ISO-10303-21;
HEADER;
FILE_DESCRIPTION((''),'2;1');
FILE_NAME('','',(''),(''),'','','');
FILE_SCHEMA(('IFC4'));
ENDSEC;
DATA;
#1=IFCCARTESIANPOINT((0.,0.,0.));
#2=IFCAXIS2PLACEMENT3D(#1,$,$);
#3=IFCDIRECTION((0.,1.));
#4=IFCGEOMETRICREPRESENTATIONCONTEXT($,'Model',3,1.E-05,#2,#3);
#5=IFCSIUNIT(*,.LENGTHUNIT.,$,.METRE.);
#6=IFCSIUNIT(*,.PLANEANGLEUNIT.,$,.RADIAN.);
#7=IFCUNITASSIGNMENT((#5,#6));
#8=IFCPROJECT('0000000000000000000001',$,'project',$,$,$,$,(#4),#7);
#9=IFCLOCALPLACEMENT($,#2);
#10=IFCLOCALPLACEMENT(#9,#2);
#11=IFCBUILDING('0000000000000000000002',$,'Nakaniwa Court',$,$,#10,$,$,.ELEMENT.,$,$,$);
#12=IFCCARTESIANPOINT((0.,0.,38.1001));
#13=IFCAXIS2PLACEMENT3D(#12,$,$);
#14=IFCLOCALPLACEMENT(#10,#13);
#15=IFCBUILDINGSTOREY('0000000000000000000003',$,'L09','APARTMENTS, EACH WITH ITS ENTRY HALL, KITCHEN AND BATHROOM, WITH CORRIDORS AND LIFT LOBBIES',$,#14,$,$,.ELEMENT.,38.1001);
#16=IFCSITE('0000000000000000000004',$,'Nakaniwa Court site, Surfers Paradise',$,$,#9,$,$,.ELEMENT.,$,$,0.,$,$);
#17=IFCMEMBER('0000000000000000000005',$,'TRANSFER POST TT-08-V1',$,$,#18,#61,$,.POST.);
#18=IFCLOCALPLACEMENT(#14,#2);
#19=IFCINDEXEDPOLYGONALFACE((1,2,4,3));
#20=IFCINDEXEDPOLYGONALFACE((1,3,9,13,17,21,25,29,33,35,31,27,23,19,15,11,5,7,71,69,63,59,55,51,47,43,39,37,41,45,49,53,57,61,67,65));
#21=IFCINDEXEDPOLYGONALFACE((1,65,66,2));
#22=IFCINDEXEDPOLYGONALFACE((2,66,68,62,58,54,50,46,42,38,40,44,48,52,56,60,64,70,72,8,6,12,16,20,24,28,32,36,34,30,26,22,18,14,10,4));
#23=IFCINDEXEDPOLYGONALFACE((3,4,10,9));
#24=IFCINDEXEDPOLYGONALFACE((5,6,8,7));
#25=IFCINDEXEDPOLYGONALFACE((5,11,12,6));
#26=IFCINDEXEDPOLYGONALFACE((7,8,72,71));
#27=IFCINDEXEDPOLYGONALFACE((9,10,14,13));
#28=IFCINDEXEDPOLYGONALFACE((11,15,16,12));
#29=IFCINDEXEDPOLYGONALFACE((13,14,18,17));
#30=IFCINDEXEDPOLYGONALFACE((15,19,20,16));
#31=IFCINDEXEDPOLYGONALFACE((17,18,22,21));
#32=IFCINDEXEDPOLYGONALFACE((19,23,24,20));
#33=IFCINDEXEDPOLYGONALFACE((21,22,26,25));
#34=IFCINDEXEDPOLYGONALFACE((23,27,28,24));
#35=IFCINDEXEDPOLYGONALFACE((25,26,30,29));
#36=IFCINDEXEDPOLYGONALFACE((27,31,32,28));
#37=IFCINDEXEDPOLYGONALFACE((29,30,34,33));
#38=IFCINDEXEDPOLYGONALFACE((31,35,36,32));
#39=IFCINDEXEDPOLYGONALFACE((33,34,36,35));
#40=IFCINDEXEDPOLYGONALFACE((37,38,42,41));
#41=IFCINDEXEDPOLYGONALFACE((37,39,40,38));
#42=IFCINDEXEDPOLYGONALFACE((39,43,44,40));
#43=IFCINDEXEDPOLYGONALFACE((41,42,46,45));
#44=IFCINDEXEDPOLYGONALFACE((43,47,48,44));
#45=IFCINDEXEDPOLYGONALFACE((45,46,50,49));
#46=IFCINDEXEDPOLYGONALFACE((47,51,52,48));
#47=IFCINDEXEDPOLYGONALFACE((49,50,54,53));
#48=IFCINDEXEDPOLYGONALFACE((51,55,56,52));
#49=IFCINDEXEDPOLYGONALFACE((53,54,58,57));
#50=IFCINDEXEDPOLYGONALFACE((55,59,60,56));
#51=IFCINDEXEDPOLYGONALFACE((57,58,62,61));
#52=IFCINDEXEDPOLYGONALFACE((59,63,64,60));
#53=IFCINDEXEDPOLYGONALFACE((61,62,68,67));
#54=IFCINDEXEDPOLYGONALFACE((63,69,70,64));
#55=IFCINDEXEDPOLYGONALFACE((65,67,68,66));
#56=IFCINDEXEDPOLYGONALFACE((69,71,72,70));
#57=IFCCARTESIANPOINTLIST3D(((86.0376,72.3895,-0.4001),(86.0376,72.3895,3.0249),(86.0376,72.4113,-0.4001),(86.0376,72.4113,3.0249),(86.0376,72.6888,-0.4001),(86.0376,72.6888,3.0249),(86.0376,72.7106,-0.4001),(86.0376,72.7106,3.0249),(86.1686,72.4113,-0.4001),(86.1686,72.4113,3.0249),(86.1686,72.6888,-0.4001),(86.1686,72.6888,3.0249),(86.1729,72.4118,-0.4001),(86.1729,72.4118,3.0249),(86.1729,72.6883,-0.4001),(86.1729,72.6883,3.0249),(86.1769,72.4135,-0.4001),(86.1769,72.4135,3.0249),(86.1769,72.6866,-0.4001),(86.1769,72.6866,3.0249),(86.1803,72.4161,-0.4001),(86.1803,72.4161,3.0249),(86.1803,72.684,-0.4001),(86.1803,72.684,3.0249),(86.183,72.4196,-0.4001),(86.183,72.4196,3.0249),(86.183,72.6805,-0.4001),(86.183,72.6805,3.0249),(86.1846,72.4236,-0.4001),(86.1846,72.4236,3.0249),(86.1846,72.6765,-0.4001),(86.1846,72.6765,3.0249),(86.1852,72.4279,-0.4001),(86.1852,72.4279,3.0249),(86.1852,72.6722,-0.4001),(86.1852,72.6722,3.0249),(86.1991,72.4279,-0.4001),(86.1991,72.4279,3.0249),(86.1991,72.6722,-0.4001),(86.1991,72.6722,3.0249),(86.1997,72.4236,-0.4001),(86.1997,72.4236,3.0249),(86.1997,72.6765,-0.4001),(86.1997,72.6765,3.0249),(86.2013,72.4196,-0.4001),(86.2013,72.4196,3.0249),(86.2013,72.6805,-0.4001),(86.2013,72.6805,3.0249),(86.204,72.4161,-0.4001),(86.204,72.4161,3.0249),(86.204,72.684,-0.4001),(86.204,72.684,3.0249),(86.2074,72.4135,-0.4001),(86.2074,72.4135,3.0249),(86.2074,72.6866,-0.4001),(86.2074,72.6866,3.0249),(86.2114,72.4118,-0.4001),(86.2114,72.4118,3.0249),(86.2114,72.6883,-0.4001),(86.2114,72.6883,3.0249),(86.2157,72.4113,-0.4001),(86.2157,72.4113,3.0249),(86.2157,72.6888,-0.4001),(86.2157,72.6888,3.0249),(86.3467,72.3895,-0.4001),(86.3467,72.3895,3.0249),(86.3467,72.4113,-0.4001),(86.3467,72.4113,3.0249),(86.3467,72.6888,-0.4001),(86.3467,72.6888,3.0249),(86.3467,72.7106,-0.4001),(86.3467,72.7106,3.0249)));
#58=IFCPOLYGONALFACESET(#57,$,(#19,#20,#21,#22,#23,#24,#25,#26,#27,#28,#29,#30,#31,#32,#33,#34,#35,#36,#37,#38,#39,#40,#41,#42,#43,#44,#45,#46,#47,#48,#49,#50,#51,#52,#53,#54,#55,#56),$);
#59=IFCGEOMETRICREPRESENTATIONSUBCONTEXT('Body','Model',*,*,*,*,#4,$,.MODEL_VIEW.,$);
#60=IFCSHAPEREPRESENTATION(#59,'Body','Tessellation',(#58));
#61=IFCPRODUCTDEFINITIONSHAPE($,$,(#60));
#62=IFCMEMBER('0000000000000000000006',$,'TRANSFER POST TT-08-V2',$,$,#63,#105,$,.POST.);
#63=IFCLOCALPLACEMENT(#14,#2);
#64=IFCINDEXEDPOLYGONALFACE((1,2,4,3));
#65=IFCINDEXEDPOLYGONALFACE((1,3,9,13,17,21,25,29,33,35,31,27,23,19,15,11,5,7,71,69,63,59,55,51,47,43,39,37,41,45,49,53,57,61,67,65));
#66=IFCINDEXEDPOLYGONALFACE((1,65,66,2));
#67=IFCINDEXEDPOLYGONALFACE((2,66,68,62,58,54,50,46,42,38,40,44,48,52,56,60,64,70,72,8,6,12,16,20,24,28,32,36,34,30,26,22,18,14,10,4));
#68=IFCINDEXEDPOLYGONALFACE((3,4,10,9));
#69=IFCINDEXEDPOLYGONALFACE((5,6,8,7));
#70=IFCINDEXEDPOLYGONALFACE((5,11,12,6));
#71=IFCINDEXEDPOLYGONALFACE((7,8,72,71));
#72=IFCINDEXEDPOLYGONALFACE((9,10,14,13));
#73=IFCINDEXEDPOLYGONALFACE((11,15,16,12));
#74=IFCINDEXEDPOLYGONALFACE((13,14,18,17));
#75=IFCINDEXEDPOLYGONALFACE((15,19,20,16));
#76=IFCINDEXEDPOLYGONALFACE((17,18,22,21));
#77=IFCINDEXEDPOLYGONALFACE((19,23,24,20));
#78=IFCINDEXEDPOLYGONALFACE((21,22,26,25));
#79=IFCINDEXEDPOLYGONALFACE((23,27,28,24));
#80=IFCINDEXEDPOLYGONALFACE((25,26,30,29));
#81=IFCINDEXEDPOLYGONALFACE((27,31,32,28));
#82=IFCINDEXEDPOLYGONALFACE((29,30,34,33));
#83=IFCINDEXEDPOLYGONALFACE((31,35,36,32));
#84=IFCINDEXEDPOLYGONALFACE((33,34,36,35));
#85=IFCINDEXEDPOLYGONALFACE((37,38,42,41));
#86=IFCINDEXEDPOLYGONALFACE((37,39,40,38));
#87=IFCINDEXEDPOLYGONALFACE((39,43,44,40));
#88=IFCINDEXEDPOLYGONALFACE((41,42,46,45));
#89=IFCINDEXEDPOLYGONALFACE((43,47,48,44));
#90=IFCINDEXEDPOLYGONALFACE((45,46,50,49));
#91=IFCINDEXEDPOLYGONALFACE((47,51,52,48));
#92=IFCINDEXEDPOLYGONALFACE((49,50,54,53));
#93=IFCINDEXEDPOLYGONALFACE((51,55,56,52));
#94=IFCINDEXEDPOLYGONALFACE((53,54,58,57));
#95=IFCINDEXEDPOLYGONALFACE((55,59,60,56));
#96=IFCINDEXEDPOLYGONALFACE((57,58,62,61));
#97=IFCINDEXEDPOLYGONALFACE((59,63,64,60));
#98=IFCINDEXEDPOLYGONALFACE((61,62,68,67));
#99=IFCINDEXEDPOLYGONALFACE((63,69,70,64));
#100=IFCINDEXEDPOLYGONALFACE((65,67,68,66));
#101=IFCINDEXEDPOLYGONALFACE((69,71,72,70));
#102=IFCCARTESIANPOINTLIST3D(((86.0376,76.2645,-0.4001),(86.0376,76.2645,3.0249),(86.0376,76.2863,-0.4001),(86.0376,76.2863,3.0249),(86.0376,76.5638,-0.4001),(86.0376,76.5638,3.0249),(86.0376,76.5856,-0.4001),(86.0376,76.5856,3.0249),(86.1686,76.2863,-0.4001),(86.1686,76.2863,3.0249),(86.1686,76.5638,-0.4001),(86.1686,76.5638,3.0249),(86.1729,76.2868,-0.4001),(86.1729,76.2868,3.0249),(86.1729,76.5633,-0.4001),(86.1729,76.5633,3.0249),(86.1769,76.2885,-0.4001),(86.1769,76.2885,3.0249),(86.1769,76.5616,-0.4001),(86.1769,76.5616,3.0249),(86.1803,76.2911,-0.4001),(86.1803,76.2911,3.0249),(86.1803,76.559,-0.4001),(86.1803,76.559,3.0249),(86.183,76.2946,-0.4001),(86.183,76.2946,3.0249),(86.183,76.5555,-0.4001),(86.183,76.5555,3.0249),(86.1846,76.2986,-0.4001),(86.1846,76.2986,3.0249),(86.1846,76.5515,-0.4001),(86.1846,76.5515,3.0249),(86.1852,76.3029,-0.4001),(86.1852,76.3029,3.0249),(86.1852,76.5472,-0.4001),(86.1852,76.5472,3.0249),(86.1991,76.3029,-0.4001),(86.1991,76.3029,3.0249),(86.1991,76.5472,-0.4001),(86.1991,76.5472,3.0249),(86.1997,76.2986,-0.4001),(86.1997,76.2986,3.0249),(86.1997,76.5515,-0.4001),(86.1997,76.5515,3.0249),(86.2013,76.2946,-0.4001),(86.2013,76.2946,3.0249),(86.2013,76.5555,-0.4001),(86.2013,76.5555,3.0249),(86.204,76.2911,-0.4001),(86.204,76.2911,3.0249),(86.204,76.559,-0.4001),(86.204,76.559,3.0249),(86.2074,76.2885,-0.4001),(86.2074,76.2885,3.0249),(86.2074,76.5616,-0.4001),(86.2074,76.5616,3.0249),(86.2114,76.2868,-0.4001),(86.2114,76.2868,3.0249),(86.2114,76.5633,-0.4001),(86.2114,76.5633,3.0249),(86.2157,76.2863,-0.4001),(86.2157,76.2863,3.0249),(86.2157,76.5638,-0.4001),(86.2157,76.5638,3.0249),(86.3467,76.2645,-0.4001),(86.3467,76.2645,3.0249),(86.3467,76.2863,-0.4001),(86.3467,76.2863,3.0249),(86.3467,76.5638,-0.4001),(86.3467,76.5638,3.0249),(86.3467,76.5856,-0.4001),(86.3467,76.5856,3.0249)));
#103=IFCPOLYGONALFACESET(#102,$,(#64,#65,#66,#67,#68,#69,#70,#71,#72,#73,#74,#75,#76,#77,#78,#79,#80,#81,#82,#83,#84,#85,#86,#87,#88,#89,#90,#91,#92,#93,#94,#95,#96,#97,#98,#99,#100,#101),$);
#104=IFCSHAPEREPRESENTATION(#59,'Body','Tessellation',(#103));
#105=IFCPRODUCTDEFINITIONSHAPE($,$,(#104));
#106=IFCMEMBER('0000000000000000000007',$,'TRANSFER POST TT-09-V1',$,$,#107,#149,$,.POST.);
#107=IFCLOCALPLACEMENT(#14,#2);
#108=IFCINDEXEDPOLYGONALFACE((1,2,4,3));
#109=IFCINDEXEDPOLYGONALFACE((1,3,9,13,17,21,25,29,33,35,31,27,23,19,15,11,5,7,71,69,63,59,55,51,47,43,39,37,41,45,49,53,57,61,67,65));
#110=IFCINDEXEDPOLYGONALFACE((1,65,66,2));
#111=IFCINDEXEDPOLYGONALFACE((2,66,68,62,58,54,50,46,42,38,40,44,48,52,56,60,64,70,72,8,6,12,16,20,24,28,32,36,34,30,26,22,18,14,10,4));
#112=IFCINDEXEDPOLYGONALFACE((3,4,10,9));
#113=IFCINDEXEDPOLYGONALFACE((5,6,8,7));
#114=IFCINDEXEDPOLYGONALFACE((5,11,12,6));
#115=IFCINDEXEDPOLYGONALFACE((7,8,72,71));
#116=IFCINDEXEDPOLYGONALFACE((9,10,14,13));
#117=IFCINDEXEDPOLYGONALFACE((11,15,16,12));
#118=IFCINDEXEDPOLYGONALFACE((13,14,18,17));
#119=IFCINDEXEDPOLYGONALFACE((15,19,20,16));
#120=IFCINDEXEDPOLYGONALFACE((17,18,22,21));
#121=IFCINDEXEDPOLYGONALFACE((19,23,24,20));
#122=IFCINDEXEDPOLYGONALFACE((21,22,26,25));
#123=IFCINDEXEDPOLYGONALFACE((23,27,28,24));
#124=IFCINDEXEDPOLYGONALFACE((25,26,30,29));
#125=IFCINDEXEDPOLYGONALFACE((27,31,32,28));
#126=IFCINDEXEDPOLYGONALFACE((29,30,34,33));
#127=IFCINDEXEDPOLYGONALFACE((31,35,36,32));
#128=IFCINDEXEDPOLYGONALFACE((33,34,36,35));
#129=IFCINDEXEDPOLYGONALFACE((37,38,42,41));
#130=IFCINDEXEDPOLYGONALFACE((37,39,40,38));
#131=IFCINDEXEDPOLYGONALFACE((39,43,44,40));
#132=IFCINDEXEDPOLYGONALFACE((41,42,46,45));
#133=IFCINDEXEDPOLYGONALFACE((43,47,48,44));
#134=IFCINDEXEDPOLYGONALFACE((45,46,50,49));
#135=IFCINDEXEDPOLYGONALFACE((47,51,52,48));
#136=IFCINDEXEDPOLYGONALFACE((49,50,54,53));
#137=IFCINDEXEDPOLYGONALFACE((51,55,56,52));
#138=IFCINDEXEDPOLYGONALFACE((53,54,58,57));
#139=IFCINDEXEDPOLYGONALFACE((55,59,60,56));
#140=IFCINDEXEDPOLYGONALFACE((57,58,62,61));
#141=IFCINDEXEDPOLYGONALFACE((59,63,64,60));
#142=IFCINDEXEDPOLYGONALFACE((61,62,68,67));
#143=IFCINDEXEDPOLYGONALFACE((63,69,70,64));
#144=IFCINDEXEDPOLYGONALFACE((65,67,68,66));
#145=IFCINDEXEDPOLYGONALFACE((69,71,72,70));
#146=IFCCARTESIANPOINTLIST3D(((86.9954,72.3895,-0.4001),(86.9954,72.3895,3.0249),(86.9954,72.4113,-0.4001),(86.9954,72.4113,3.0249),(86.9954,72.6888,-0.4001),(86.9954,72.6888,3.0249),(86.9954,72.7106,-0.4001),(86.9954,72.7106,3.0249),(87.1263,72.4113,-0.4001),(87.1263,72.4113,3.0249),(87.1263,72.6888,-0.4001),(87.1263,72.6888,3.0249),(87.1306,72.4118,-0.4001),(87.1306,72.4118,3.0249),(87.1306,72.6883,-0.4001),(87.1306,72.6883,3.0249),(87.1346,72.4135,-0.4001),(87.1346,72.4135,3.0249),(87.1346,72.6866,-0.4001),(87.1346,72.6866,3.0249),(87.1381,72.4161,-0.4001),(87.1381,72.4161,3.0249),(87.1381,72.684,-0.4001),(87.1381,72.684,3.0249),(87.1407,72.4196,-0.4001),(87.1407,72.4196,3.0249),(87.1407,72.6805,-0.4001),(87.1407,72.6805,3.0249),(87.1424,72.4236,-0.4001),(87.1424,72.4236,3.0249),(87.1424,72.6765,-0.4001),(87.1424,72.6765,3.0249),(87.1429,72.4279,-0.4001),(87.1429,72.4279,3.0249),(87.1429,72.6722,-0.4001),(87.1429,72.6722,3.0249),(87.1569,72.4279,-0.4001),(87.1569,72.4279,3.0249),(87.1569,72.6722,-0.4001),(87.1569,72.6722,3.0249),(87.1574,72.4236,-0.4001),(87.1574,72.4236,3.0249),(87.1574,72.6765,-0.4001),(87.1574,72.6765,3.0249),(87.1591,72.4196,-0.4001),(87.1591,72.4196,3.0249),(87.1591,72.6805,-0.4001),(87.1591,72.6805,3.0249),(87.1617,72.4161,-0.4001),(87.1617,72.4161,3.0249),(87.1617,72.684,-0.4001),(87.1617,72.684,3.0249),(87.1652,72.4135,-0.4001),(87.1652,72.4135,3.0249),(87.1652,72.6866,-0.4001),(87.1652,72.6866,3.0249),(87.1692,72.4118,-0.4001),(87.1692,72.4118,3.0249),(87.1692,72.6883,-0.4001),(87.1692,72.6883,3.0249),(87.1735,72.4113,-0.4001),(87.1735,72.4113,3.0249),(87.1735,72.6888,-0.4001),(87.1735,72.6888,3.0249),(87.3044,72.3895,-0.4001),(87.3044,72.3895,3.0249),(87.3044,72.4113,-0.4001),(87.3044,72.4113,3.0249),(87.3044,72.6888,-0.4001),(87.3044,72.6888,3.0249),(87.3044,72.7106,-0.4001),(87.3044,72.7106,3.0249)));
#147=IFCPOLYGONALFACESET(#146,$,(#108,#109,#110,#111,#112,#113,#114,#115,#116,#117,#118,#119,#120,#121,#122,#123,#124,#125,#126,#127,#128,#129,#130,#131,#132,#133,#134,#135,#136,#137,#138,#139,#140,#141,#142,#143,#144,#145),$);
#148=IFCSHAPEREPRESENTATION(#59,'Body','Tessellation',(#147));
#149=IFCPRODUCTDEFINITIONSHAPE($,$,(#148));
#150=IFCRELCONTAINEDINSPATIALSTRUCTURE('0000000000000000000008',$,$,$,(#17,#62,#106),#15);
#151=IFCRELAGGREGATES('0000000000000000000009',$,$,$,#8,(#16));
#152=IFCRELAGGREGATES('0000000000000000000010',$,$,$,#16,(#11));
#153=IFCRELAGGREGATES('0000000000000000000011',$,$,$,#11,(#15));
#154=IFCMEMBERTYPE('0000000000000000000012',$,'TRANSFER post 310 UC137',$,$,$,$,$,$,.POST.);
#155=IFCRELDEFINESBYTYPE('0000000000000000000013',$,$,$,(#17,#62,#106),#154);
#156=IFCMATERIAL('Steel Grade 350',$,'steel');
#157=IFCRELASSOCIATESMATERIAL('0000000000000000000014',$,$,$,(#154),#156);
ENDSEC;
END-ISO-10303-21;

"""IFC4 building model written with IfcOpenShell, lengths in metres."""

from ifc_helpers import new_model, si_unit, direction, frame, origin, origin_2d, place, context, subcontext, project, spatial, i_section, extrude, material, material_profile, profile_set, type_object, element, save


model = new_model("IFC4")

# Units and contexts
model_context = context("Model", 3, precision=1e-05, world=origin(), true_north=direction((0.0, 1.0)))
body_context = subcontext(model_context, "Body", "Model", "MODEL_VIEW")
ifc_project = project(units=[si_unit("LENGTHUNIT", "METRE"), si_unit("PLANEANGLEUNIT", "RADIAN")], contexts=[model_context])

# Site, building, storey
site_placement = place(None, origin())
site = spatial("IfcSite", under=ifc_project, at=site_placement, Name="Nakaniwa Court site, Surfers Paradise", CompositionType="ELEMENT", RefElevation=0.0)
building_placement = place(site_placement, origin())
building = spatial("IfcBuilding", under=site, at=building_placement, Name="Nakaniwa Court", CompositionType="ELEMENT")
storey_placement = place(building_placement, frame((0.0, 0.0, 38.1001)))
storey = spatial("IfcBuildingStorey", under=building, at=storey_placement, Name="L09", Description="APARTMENTS, EACH WITH ITS ENTRY HALL, KITCHEN AND BATHROOM, WITH CORRIDORS AND LIFT LOBBIES", CompositionType="ELEMENT", Elevation=38.1001)

# Members
ifc_material_1 = material(Name="Steel Grade 350", Category="steel")
ifc_material_profile_1 = material_profile(ifc_material_1, i_section(OverallWidth=0.3091, OverallDepth=0.321, WebThickness=0.0139, FlangeThickness=0.0217, FilletRadius=0.0166, at=origin_2d()), Name="310UC137")
ifc_profile_set_1 = profile_set([ifc_material_profile_1], Name="Steel Grade 350")
member_type_1 = type_object("IfcMemberType", Name="TRANSFER post 310 UC137", PredefinedType="POST", material=ifc_profile_set_1)
for number, where, z_axis, x_axis, name in (
    (1, (86.1921, 72.55, -0.4001), (0.0, 0.0, 1.0), (1.0, 0.0, 0.0), "TRANSFER POST TT-08-V1"),
    (2, (86.1921, 76.425, -0.4001), (0.0, 0.0, 1.0), (1.0, 0.0, 0.0), "TRANSFER POST TT-08-V2"),
    (3, (87.1499, 72.55, -0.4001), (0.0, 0.0, 1.0), (1.0, 0.0, 0.0), "TRANSFER POST TT-09-V1"),
):
    element("IfcMember", number, at=place(storey_placement, frame(where, z_axis=z_axis, x_axis=x_axis)), inside=storey, type_object=member_type_1, Name=name, PredefinedType="POST", context=body_context, shape_type="SweptSolid", body=[
        extrude(i_section(OverallWidth=0.3091, OverallDepth=0.321, WebThickness=0.0139, FlangeThickness=0.0217, FilletRadius=0.0166, at=origin_2d()), origin(), (0.0, 0.0, 1.0), 3.425),
    ])

save(model, "model.ifc")
